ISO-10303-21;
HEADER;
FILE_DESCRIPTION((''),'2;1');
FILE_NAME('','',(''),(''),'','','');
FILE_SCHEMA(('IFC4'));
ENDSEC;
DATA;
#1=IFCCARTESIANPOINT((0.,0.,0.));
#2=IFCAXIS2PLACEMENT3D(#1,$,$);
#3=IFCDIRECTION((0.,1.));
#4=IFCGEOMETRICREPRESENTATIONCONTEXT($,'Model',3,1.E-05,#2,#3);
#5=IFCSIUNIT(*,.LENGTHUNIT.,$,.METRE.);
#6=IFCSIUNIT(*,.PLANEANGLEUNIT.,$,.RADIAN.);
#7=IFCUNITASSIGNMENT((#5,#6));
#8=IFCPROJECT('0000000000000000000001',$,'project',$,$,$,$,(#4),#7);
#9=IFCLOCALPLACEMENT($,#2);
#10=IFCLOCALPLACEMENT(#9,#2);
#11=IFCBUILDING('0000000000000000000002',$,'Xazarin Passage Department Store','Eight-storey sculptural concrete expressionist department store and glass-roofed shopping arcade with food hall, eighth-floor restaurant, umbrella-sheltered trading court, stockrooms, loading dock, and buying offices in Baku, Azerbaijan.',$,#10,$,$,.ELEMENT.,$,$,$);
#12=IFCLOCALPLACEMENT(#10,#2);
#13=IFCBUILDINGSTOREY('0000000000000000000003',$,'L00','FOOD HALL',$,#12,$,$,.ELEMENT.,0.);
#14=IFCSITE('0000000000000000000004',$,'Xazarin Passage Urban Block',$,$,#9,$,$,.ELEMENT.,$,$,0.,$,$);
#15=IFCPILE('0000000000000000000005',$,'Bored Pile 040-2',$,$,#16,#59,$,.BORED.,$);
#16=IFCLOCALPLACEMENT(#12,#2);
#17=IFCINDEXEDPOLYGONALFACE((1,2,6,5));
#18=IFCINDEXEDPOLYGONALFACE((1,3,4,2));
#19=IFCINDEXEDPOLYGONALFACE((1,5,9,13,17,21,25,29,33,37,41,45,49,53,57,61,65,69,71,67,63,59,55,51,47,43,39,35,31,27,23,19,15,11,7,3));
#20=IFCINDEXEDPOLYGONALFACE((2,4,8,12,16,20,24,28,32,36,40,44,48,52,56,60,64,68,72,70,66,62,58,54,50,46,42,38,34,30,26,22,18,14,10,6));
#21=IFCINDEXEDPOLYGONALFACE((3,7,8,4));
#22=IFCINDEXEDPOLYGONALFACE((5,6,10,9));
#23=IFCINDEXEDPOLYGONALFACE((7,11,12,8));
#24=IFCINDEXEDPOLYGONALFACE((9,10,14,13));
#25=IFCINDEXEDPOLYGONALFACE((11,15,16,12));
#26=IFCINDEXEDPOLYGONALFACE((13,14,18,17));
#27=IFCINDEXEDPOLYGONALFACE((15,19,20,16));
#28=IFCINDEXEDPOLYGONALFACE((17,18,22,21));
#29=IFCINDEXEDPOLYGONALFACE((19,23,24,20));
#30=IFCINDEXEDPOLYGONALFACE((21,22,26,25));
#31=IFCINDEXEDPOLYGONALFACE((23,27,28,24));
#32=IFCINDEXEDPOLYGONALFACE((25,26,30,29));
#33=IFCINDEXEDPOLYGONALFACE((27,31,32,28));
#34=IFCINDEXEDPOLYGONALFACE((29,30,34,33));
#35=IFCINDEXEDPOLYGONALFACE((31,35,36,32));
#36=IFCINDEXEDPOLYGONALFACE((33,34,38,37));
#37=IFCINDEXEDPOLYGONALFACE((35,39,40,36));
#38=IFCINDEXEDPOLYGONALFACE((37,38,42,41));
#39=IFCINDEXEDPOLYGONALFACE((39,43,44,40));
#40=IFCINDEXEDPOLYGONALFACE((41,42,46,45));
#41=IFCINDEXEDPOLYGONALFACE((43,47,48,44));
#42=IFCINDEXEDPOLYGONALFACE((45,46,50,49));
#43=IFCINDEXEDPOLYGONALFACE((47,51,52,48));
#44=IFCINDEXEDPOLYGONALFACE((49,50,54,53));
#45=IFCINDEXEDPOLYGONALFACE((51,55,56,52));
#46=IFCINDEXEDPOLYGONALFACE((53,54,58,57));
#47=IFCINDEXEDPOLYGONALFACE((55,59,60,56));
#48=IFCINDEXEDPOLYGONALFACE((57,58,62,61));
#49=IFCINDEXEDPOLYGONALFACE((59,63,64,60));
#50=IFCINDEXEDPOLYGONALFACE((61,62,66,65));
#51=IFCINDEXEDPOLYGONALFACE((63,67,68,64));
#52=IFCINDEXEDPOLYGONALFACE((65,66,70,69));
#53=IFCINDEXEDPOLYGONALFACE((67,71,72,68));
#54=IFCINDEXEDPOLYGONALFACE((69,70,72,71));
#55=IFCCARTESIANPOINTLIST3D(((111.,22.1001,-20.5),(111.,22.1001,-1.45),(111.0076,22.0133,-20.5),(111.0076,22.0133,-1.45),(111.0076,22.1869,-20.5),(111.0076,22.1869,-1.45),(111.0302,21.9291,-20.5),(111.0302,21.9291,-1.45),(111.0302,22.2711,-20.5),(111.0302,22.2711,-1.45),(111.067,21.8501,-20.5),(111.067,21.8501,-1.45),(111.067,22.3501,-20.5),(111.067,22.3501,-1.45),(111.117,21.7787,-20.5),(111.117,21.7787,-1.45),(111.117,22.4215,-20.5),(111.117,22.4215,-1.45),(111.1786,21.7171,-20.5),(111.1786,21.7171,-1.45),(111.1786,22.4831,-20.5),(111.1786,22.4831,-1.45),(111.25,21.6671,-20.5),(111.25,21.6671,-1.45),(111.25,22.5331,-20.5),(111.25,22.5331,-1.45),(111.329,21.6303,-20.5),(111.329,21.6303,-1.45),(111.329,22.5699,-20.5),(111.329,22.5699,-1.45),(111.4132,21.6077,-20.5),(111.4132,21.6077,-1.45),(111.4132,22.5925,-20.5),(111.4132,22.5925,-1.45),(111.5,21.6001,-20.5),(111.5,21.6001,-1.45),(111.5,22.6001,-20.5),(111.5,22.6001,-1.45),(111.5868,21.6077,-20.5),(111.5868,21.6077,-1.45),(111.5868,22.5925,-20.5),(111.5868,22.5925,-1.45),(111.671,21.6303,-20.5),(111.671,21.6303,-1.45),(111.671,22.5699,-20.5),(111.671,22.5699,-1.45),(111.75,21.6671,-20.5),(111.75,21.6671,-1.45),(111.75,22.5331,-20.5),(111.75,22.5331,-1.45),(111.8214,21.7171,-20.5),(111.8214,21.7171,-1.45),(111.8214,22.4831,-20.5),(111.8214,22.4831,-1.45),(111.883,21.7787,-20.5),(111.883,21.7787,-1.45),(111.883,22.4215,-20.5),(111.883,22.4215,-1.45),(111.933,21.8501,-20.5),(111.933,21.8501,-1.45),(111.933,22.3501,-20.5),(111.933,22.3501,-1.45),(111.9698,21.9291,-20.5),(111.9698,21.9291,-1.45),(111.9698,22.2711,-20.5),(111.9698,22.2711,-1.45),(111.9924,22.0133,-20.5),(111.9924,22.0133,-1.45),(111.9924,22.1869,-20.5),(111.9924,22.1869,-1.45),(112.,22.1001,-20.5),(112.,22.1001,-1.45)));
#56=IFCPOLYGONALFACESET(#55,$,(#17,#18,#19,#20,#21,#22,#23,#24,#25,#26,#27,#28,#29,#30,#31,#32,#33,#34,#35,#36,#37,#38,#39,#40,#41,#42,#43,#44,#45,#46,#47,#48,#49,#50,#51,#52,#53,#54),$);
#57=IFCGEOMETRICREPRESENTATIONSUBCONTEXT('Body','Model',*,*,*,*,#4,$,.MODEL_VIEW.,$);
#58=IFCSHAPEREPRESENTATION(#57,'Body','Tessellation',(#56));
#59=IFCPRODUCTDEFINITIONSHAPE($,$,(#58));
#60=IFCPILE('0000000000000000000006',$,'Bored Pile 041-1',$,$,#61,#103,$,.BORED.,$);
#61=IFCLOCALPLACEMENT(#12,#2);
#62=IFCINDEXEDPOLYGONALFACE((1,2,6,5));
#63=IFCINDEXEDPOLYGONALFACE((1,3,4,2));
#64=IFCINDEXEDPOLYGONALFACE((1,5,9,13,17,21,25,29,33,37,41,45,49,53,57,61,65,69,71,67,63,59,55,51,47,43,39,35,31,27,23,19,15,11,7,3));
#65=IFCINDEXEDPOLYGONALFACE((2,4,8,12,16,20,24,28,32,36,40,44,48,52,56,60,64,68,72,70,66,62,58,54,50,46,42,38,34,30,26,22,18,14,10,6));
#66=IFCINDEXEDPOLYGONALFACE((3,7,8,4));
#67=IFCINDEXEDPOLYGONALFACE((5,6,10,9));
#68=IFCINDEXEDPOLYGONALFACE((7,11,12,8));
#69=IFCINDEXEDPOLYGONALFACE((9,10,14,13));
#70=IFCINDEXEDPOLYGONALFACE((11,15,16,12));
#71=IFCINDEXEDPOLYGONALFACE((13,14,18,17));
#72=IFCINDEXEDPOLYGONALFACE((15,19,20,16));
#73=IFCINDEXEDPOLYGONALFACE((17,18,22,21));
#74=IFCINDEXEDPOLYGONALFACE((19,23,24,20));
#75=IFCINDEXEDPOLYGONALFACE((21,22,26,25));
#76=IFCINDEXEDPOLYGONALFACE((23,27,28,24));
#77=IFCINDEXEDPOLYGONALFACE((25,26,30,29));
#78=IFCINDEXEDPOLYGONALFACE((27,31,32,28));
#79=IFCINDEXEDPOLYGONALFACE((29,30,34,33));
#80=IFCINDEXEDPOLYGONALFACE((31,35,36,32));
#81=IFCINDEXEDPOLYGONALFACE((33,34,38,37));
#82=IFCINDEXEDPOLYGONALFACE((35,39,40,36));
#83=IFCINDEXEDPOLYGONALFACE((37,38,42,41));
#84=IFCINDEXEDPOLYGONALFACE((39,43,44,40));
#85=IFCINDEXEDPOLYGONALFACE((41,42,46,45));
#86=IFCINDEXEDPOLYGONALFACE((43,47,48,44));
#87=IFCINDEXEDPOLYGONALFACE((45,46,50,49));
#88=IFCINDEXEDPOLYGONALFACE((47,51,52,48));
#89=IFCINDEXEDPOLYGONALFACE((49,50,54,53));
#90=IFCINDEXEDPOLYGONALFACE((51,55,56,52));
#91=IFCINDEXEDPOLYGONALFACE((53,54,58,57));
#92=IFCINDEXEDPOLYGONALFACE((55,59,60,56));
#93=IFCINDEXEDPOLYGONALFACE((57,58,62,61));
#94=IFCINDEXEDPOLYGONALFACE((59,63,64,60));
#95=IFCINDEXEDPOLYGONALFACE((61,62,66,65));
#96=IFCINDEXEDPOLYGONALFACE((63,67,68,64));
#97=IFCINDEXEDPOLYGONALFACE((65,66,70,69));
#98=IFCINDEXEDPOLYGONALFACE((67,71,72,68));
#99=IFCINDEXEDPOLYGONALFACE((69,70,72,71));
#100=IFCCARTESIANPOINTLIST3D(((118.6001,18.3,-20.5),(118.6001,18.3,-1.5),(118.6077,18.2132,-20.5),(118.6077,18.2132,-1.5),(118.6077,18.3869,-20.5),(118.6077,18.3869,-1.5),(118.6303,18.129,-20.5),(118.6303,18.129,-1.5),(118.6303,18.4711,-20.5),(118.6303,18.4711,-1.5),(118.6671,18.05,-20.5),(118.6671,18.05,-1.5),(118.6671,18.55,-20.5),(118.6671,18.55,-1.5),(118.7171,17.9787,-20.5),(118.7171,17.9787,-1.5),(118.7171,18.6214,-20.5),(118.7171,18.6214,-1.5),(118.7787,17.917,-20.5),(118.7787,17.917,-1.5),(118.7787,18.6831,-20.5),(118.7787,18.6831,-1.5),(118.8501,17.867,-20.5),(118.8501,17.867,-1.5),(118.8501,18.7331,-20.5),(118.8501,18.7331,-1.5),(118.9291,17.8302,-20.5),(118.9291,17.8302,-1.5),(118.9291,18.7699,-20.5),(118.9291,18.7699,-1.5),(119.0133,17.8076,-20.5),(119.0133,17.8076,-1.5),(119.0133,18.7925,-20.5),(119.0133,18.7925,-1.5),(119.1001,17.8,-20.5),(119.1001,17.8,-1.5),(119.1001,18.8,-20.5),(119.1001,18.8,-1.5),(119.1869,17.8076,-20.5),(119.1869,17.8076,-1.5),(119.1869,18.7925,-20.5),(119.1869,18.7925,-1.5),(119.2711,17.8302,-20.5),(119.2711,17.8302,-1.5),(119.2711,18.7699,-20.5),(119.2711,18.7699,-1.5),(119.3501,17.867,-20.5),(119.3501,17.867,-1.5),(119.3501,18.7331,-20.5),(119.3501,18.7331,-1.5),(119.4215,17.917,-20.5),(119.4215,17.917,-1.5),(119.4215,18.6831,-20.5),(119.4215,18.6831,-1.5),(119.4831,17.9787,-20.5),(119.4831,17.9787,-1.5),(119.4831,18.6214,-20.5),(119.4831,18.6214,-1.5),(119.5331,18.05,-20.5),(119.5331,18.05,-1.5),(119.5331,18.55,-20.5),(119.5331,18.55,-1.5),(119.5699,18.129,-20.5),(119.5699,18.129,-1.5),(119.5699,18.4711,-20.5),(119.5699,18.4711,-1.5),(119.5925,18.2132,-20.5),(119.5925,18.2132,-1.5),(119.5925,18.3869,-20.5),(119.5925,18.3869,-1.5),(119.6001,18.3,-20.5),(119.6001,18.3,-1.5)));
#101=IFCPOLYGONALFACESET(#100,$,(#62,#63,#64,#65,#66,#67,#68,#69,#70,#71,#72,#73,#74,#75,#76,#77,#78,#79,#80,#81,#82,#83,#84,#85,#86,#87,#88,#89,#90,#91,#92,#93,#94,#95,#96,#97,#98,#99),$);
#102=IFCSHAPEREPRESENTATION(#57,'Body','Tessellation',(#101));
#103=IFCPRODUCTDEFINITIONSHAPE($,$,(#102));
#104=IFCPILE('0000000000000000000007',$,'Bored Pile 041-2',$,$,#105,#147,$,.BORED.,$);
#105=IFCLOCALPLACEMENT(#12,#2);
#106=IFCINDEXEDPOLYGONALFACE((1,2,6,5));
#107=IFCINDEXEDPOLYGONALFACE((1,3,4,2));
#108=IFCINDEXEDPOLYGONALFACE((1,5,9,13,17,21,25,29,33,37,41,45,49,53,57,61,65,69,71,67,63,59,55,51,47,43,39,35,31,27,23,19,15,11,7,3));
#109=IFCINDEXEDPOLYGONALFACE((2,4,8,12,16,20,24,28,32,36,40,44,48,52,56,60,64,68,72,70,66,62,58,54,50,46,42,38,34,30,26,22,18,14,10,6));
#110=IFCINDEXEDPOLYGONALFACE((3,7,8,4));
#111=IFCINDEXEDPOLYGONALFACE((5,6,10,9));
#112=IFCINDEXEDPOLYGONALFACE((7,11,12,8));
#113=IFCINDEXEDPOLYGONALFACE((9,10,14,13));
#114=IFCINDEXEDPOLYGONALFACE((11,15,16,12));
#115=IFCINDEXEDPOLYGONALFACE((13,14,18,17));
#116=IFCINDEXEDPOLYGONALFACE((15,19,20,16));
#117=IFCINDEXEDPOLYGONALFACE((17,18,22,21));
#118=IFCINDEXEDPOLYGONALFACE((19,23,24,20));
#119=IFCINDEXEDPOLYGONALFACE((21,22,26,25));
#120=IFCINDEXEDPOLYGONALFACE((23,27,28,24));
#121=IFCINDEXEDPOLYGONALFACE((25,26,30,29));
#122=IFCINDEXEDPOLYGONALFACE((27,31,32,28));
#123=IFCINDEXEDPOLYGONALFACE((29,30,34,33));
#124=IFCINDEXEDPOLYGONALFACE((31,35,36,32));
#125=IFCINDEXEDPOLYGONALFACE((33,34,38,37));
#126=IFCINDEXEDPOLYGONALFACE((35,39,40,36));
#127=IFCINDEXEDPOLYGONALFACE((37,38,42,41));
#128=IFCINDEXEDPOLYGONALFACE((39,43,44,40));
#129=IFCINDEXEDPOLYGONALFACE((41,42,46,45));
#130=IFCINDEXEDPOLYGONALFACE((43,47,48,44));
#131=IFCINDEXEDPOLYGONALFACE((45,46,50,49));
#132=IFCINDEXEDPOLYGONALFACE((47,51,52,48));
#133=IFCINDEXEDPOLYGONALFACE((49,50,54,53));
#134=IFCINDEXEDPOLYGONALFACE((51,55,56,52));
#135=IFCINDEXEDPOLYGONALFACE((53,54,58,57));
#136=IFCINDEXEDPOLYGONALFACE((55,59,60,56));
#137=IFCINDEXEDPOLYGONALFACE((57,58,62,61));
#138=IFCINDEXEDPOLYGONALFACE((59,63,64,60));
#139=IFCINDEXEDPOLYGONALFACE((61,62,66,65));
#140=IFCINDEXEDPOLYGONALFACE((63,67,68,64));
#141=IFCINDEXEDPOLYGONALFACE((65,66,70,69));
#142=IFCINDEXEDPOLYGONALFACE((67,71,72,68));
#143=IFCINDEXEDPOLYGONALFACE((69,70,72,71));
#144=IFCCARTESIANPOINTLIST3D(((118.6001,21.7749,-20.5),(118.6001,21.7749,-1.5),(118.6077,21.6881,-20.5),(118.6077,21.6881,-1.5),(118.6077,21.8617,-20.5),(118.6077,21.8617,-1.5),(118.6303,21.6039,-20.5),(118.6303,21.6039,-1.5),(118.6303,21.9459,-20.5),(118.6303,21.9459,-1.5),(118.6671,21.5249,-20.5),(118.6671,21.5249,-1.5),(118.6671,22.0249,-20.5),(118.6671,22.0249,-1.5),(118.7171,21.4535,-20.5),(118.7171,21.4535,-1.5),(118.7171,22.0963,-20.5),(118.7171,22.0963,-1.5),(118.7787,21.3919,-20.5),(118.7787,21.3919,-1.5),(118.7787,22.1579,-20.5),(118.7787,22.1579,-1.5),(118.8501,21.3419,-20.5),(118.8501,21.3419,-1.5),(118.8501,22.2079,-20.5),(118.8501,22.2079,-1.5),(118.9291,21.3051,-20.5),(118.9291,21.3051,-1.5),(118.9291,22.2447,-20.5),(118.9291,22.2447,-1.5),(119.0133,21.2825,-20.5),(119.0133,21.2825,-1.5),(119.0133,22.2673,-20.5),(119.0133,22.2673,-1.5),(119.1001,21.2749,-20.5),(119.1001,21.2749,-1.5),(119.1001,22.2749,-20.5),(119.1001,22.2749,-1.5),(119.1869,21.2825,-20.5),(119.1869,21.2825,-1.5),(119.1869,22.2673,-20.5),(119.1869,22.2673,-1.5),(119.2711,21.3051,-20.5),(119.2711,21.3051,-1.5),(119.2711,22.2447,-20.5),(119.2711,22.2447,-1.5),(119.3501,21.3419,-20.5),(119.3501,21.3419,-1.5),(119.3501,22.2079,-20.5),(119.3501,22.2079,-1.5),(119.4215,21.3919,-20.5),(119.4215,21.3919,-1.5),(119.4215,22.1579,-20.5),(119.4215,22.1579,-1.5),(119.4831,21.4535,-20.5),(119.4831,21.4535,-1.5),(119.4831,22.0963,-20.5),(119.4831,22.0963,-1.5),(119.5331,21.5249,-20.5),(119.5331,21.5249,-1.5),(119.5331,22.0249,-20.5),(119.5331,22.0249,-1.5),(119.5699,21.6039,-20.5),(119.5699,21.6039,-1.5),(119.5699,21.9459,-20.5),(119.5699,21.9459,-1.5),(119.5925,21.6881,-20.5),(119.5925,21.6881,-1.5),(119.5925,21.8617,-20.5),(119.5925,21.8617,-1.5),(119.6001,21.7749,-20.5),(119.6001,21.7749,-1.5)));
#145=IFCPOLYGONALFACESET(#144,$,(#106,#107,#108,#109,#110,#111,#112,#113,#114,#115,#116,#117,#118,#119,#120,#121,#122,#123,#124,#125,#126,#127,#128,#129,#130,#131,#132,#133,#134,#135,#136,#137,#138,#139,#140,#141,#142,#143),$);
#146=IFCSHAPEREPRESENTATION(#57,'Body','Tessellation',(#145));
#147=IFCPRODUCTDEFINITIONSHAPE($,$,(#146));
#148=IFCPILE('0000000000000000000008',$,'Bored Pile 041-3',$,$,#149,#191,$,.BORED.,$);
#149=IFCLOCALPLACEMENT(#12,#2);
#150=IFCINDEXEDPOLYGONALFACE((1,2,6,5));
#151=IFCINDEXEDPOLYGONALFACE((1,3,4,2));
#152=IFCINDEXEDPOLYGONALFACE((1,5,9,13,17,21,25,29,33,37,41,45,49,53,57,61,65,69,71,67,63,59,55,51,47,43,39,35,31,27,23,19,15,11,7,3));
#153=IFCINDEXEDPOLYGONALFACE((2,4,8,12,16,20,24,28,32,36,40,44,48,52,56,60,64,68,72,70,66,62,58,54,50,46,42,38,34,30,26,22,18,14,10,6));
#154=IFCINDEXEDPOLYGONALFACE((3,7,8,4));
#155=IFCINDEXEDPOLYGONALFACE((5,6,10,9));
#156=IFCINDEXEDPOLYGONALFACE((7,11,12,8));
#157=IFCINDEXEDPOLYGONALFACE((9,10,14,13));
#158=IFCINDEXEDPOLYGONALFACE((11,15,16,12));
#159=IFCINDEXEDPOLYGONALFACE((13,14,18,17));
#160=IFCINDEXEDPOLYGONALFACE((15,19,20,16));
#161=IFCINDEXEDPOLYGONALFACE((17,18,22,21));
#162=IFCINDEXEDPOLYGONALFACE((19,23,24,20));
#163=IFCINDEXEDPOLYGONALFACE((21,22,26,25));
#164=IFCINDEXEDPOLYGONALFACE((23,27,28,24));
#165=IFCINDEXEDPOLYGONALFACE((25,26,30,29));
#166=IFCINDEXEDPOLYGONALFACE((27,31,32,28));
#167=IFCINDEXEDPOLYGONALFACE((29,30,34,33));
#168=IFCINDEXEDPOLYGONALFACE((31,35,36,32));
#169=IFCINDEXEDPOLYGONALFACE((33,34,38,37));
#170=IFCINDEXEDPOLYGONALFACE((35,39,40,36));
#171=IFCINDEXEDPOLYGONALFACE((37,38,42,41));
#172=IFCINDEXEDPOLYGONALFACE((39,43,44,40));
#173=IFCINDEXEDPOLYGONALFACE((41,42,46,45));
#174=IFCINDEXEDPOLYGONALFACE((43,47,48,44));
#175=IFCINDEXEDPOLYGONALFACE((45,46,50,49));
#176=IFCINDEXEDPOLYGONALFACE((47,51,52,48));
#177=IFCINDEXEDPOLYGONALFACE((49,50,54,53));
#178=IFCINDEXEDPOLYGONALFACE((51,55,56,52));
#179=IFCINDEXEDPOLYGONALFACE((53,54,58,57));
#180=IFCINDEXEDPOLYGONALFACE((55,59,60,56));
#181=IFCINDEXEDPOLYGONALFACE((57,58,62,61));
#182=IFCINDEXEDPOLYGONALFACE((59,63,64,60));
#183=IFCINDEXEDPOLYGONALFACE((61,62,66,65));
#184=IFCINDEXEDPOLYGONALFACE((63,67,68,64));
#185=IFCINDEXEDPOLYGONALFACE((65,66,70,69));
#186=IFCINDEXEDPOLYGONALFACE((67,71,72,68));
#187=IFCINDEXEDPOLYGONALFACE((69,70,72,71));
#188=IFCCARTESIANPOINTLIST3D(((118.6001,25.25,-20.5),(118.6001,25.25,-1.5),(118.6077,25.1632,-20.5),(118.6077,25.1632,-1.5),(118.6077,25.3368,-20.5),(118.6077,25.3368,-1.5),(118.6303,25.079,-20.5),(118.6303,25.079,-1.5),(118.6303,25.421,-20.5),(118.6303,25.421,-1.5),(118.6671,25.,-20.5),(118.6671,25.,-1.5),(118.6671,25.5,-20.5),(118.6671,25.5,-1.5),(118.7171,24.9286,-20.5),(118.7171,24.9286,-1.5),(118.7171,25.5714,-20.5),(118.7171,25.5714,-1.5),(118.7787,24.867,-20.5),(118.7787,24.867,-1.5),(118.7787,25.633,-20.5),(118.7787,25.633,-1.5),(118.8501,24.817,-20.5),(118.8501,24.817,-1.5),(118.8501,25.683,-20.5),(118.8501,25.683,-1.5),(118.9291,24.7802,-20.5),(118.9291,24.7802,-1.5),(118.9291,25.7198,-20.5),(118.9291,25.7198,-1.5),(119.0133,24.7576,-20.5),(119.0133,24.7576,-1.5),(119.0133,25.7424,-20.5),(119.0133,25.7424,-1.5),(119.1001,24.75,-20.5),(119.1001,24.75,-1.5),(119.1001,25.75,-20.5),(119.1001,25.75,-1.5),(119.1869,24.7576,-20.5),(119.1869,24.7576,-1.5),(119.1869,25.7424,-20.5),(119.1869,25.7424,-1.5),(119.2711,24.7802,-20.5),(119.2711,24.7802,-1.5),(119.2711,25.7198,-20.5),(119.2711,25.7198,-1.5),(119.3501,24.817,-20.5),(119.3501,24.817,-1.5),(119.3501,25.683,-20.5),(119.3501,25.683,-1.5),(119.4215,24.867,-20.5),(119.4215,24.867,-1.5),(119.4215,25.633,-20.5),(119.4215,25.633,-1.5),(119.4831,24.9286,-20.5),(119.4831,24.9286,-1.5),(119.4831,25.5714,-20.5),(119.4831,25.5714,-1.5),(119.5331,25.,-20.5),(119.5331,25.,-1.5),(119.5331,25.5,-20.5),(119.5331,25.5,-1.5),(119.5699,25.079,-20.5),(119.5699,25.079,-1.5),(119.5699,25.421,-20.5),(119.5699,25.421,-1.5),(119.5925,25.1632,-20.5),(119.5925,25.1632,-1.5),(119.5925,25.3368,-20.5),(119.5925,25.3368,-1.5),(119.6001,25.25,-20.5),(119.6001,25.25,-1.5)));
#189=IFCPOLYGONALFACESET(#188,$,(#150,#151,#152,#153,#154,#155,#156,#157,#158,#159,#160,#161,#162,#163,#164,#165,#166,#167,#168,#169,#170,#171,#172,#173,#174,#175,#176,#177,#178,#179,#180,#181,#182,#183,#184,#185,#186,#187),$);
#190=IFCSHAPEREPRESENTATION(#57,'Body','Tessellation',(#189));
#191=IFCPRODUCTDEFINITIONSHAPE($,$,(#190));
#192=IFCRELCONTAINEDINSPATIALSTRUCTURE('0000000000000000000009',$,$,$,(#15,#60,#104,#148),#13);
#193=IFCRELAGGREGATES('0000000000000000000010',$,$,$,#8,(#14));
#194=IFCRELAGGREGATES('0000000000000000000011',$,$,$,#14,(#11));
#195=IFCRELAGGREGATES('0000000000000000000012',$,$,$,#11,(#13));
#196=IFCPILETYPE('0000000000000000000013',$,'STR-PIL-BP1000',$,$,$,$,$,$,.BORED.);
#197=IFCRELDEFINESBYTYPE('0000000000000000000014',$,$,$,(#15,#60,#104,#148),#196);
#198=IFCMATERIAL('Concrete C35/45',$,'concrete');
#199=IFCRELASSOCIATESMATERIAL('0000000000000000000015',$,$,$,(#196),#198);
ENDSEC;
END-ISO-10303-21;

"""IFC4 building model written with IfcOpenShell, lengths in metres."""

from ifc_helpers import new_model, si_unit, direction, frame, origin, origin_2d, place, context, subcontext, project, spatial, circle, extrude, material, material_profile, profile_set, type_object, element, save


model = new_model("IFC4")

# Units and contexts
model_context = context("Model", 3, precision=1e-05, world=origin(), true_north=direction((0.0, 1.0)))
body_context = subcontext(model_context, "Body", "Model", "MODEL_VIEW")
ifc_project = project(units=[si_unit("LENGTHUNIT", "METRE"), si_unit("PLANEANGLEUNIT", "RADIAN")], contexts=[model_context])

# Site, building, storey
site_placement = place(None, origin())
site = spatial("IfcSite", under=ifc_project, at=site_placement, Name="Xazarin Passage Urban Block", CompositionType="ELEMENT", RefElevation=0.0)
building_placement = place(site_placement, origin())
building = spatial("IfcBuilding", under=site, at=building_placement, Name="Xazarin Passage Department Store", Description="Eight-storey sculptural concrete expressionist department store and glass-roofed shopping arcade with food hall, eighth-floor restaurant, umbrella-sheltered trading court, stockrooms, loading dock, and buying offices in Baku, Azerbaijan.", CompositionType="ELEMENT")
storey_placement = place(building_placement, origin())
storey = spatial("IfcBuildingStorey", under=building, at=storey_placement, Name="L00", Description="FOOD HALL", CompositionType="ELEMENT", Elevation=0.0)

# Shared definitions
ifc_material_1 = material(Name="Concrete C35/45", Category="concrete")

# Piles
ifc_material_profile_1 = material_profile(ifc_material_1, circle(Radius=0.5, at=origin_2d()), Name="BP 1000")
ifc_profile_set_1 = profile_set([ifc_material_profile_1], Name="Concrete C35/45")
pile_type_1 = type_object("IfcPileType", Name="STR-PIL-BP1000", PredefinedType="BORED", material=ifc_profile_set_1)
pile_1_placement = place(storey_placement, frame((111.5, 22.1001, -1.45), z_axis=(0.0, 0.0, -1.0), x_axis=(1.0, 0.0, 0.0)))
element("IfcPile", 1, at=pile_1_placement, inside=storey, type_object=pile_type_1, Name="Bored Pile 040-2", PredefinedType="BORED", context=body_context, shape_type="SweptSolid", body=[
    extrude(circle(Radius=0.5, at=origin_2d()), origin(), (0.0, 0.0, 1.0), 19.05),
])
for number, where, z_axis, x_axis, name in (
    (2, (119.1001, 18.3, -1.5), (0.0, 0.0, -1.0), (1.0, 0.0, 0.0), "Bored Pile 041-1"),
    (3, (119.1001, 21.7749, -1.5), (0.0, 0.0, -1.0), (1.0, 0.0, 0.0), "Bored Pile 041-2"),
    (4, (119.1001, 25.25, -1.5), (0.0, 0.0, -1.0), (1.0, 0.0, 0.0), "Bored Pile 041-3"),
):
    element("IfcPile", number, at=place(storey_placement, frame(where, z_axis=z_axis, x_axis=x_axis)), inside=storey, type_object=pile_type_1, Name=name, PredefinedType="BORED", context=body_context, shape_type="SweptSolid", body=[
        extrude(circle(Radius=0.5, at=origin_2d()), origin(), (0.0, 0.0, 1.0), 19.0),
    ])

save(model, "model.ifc")
